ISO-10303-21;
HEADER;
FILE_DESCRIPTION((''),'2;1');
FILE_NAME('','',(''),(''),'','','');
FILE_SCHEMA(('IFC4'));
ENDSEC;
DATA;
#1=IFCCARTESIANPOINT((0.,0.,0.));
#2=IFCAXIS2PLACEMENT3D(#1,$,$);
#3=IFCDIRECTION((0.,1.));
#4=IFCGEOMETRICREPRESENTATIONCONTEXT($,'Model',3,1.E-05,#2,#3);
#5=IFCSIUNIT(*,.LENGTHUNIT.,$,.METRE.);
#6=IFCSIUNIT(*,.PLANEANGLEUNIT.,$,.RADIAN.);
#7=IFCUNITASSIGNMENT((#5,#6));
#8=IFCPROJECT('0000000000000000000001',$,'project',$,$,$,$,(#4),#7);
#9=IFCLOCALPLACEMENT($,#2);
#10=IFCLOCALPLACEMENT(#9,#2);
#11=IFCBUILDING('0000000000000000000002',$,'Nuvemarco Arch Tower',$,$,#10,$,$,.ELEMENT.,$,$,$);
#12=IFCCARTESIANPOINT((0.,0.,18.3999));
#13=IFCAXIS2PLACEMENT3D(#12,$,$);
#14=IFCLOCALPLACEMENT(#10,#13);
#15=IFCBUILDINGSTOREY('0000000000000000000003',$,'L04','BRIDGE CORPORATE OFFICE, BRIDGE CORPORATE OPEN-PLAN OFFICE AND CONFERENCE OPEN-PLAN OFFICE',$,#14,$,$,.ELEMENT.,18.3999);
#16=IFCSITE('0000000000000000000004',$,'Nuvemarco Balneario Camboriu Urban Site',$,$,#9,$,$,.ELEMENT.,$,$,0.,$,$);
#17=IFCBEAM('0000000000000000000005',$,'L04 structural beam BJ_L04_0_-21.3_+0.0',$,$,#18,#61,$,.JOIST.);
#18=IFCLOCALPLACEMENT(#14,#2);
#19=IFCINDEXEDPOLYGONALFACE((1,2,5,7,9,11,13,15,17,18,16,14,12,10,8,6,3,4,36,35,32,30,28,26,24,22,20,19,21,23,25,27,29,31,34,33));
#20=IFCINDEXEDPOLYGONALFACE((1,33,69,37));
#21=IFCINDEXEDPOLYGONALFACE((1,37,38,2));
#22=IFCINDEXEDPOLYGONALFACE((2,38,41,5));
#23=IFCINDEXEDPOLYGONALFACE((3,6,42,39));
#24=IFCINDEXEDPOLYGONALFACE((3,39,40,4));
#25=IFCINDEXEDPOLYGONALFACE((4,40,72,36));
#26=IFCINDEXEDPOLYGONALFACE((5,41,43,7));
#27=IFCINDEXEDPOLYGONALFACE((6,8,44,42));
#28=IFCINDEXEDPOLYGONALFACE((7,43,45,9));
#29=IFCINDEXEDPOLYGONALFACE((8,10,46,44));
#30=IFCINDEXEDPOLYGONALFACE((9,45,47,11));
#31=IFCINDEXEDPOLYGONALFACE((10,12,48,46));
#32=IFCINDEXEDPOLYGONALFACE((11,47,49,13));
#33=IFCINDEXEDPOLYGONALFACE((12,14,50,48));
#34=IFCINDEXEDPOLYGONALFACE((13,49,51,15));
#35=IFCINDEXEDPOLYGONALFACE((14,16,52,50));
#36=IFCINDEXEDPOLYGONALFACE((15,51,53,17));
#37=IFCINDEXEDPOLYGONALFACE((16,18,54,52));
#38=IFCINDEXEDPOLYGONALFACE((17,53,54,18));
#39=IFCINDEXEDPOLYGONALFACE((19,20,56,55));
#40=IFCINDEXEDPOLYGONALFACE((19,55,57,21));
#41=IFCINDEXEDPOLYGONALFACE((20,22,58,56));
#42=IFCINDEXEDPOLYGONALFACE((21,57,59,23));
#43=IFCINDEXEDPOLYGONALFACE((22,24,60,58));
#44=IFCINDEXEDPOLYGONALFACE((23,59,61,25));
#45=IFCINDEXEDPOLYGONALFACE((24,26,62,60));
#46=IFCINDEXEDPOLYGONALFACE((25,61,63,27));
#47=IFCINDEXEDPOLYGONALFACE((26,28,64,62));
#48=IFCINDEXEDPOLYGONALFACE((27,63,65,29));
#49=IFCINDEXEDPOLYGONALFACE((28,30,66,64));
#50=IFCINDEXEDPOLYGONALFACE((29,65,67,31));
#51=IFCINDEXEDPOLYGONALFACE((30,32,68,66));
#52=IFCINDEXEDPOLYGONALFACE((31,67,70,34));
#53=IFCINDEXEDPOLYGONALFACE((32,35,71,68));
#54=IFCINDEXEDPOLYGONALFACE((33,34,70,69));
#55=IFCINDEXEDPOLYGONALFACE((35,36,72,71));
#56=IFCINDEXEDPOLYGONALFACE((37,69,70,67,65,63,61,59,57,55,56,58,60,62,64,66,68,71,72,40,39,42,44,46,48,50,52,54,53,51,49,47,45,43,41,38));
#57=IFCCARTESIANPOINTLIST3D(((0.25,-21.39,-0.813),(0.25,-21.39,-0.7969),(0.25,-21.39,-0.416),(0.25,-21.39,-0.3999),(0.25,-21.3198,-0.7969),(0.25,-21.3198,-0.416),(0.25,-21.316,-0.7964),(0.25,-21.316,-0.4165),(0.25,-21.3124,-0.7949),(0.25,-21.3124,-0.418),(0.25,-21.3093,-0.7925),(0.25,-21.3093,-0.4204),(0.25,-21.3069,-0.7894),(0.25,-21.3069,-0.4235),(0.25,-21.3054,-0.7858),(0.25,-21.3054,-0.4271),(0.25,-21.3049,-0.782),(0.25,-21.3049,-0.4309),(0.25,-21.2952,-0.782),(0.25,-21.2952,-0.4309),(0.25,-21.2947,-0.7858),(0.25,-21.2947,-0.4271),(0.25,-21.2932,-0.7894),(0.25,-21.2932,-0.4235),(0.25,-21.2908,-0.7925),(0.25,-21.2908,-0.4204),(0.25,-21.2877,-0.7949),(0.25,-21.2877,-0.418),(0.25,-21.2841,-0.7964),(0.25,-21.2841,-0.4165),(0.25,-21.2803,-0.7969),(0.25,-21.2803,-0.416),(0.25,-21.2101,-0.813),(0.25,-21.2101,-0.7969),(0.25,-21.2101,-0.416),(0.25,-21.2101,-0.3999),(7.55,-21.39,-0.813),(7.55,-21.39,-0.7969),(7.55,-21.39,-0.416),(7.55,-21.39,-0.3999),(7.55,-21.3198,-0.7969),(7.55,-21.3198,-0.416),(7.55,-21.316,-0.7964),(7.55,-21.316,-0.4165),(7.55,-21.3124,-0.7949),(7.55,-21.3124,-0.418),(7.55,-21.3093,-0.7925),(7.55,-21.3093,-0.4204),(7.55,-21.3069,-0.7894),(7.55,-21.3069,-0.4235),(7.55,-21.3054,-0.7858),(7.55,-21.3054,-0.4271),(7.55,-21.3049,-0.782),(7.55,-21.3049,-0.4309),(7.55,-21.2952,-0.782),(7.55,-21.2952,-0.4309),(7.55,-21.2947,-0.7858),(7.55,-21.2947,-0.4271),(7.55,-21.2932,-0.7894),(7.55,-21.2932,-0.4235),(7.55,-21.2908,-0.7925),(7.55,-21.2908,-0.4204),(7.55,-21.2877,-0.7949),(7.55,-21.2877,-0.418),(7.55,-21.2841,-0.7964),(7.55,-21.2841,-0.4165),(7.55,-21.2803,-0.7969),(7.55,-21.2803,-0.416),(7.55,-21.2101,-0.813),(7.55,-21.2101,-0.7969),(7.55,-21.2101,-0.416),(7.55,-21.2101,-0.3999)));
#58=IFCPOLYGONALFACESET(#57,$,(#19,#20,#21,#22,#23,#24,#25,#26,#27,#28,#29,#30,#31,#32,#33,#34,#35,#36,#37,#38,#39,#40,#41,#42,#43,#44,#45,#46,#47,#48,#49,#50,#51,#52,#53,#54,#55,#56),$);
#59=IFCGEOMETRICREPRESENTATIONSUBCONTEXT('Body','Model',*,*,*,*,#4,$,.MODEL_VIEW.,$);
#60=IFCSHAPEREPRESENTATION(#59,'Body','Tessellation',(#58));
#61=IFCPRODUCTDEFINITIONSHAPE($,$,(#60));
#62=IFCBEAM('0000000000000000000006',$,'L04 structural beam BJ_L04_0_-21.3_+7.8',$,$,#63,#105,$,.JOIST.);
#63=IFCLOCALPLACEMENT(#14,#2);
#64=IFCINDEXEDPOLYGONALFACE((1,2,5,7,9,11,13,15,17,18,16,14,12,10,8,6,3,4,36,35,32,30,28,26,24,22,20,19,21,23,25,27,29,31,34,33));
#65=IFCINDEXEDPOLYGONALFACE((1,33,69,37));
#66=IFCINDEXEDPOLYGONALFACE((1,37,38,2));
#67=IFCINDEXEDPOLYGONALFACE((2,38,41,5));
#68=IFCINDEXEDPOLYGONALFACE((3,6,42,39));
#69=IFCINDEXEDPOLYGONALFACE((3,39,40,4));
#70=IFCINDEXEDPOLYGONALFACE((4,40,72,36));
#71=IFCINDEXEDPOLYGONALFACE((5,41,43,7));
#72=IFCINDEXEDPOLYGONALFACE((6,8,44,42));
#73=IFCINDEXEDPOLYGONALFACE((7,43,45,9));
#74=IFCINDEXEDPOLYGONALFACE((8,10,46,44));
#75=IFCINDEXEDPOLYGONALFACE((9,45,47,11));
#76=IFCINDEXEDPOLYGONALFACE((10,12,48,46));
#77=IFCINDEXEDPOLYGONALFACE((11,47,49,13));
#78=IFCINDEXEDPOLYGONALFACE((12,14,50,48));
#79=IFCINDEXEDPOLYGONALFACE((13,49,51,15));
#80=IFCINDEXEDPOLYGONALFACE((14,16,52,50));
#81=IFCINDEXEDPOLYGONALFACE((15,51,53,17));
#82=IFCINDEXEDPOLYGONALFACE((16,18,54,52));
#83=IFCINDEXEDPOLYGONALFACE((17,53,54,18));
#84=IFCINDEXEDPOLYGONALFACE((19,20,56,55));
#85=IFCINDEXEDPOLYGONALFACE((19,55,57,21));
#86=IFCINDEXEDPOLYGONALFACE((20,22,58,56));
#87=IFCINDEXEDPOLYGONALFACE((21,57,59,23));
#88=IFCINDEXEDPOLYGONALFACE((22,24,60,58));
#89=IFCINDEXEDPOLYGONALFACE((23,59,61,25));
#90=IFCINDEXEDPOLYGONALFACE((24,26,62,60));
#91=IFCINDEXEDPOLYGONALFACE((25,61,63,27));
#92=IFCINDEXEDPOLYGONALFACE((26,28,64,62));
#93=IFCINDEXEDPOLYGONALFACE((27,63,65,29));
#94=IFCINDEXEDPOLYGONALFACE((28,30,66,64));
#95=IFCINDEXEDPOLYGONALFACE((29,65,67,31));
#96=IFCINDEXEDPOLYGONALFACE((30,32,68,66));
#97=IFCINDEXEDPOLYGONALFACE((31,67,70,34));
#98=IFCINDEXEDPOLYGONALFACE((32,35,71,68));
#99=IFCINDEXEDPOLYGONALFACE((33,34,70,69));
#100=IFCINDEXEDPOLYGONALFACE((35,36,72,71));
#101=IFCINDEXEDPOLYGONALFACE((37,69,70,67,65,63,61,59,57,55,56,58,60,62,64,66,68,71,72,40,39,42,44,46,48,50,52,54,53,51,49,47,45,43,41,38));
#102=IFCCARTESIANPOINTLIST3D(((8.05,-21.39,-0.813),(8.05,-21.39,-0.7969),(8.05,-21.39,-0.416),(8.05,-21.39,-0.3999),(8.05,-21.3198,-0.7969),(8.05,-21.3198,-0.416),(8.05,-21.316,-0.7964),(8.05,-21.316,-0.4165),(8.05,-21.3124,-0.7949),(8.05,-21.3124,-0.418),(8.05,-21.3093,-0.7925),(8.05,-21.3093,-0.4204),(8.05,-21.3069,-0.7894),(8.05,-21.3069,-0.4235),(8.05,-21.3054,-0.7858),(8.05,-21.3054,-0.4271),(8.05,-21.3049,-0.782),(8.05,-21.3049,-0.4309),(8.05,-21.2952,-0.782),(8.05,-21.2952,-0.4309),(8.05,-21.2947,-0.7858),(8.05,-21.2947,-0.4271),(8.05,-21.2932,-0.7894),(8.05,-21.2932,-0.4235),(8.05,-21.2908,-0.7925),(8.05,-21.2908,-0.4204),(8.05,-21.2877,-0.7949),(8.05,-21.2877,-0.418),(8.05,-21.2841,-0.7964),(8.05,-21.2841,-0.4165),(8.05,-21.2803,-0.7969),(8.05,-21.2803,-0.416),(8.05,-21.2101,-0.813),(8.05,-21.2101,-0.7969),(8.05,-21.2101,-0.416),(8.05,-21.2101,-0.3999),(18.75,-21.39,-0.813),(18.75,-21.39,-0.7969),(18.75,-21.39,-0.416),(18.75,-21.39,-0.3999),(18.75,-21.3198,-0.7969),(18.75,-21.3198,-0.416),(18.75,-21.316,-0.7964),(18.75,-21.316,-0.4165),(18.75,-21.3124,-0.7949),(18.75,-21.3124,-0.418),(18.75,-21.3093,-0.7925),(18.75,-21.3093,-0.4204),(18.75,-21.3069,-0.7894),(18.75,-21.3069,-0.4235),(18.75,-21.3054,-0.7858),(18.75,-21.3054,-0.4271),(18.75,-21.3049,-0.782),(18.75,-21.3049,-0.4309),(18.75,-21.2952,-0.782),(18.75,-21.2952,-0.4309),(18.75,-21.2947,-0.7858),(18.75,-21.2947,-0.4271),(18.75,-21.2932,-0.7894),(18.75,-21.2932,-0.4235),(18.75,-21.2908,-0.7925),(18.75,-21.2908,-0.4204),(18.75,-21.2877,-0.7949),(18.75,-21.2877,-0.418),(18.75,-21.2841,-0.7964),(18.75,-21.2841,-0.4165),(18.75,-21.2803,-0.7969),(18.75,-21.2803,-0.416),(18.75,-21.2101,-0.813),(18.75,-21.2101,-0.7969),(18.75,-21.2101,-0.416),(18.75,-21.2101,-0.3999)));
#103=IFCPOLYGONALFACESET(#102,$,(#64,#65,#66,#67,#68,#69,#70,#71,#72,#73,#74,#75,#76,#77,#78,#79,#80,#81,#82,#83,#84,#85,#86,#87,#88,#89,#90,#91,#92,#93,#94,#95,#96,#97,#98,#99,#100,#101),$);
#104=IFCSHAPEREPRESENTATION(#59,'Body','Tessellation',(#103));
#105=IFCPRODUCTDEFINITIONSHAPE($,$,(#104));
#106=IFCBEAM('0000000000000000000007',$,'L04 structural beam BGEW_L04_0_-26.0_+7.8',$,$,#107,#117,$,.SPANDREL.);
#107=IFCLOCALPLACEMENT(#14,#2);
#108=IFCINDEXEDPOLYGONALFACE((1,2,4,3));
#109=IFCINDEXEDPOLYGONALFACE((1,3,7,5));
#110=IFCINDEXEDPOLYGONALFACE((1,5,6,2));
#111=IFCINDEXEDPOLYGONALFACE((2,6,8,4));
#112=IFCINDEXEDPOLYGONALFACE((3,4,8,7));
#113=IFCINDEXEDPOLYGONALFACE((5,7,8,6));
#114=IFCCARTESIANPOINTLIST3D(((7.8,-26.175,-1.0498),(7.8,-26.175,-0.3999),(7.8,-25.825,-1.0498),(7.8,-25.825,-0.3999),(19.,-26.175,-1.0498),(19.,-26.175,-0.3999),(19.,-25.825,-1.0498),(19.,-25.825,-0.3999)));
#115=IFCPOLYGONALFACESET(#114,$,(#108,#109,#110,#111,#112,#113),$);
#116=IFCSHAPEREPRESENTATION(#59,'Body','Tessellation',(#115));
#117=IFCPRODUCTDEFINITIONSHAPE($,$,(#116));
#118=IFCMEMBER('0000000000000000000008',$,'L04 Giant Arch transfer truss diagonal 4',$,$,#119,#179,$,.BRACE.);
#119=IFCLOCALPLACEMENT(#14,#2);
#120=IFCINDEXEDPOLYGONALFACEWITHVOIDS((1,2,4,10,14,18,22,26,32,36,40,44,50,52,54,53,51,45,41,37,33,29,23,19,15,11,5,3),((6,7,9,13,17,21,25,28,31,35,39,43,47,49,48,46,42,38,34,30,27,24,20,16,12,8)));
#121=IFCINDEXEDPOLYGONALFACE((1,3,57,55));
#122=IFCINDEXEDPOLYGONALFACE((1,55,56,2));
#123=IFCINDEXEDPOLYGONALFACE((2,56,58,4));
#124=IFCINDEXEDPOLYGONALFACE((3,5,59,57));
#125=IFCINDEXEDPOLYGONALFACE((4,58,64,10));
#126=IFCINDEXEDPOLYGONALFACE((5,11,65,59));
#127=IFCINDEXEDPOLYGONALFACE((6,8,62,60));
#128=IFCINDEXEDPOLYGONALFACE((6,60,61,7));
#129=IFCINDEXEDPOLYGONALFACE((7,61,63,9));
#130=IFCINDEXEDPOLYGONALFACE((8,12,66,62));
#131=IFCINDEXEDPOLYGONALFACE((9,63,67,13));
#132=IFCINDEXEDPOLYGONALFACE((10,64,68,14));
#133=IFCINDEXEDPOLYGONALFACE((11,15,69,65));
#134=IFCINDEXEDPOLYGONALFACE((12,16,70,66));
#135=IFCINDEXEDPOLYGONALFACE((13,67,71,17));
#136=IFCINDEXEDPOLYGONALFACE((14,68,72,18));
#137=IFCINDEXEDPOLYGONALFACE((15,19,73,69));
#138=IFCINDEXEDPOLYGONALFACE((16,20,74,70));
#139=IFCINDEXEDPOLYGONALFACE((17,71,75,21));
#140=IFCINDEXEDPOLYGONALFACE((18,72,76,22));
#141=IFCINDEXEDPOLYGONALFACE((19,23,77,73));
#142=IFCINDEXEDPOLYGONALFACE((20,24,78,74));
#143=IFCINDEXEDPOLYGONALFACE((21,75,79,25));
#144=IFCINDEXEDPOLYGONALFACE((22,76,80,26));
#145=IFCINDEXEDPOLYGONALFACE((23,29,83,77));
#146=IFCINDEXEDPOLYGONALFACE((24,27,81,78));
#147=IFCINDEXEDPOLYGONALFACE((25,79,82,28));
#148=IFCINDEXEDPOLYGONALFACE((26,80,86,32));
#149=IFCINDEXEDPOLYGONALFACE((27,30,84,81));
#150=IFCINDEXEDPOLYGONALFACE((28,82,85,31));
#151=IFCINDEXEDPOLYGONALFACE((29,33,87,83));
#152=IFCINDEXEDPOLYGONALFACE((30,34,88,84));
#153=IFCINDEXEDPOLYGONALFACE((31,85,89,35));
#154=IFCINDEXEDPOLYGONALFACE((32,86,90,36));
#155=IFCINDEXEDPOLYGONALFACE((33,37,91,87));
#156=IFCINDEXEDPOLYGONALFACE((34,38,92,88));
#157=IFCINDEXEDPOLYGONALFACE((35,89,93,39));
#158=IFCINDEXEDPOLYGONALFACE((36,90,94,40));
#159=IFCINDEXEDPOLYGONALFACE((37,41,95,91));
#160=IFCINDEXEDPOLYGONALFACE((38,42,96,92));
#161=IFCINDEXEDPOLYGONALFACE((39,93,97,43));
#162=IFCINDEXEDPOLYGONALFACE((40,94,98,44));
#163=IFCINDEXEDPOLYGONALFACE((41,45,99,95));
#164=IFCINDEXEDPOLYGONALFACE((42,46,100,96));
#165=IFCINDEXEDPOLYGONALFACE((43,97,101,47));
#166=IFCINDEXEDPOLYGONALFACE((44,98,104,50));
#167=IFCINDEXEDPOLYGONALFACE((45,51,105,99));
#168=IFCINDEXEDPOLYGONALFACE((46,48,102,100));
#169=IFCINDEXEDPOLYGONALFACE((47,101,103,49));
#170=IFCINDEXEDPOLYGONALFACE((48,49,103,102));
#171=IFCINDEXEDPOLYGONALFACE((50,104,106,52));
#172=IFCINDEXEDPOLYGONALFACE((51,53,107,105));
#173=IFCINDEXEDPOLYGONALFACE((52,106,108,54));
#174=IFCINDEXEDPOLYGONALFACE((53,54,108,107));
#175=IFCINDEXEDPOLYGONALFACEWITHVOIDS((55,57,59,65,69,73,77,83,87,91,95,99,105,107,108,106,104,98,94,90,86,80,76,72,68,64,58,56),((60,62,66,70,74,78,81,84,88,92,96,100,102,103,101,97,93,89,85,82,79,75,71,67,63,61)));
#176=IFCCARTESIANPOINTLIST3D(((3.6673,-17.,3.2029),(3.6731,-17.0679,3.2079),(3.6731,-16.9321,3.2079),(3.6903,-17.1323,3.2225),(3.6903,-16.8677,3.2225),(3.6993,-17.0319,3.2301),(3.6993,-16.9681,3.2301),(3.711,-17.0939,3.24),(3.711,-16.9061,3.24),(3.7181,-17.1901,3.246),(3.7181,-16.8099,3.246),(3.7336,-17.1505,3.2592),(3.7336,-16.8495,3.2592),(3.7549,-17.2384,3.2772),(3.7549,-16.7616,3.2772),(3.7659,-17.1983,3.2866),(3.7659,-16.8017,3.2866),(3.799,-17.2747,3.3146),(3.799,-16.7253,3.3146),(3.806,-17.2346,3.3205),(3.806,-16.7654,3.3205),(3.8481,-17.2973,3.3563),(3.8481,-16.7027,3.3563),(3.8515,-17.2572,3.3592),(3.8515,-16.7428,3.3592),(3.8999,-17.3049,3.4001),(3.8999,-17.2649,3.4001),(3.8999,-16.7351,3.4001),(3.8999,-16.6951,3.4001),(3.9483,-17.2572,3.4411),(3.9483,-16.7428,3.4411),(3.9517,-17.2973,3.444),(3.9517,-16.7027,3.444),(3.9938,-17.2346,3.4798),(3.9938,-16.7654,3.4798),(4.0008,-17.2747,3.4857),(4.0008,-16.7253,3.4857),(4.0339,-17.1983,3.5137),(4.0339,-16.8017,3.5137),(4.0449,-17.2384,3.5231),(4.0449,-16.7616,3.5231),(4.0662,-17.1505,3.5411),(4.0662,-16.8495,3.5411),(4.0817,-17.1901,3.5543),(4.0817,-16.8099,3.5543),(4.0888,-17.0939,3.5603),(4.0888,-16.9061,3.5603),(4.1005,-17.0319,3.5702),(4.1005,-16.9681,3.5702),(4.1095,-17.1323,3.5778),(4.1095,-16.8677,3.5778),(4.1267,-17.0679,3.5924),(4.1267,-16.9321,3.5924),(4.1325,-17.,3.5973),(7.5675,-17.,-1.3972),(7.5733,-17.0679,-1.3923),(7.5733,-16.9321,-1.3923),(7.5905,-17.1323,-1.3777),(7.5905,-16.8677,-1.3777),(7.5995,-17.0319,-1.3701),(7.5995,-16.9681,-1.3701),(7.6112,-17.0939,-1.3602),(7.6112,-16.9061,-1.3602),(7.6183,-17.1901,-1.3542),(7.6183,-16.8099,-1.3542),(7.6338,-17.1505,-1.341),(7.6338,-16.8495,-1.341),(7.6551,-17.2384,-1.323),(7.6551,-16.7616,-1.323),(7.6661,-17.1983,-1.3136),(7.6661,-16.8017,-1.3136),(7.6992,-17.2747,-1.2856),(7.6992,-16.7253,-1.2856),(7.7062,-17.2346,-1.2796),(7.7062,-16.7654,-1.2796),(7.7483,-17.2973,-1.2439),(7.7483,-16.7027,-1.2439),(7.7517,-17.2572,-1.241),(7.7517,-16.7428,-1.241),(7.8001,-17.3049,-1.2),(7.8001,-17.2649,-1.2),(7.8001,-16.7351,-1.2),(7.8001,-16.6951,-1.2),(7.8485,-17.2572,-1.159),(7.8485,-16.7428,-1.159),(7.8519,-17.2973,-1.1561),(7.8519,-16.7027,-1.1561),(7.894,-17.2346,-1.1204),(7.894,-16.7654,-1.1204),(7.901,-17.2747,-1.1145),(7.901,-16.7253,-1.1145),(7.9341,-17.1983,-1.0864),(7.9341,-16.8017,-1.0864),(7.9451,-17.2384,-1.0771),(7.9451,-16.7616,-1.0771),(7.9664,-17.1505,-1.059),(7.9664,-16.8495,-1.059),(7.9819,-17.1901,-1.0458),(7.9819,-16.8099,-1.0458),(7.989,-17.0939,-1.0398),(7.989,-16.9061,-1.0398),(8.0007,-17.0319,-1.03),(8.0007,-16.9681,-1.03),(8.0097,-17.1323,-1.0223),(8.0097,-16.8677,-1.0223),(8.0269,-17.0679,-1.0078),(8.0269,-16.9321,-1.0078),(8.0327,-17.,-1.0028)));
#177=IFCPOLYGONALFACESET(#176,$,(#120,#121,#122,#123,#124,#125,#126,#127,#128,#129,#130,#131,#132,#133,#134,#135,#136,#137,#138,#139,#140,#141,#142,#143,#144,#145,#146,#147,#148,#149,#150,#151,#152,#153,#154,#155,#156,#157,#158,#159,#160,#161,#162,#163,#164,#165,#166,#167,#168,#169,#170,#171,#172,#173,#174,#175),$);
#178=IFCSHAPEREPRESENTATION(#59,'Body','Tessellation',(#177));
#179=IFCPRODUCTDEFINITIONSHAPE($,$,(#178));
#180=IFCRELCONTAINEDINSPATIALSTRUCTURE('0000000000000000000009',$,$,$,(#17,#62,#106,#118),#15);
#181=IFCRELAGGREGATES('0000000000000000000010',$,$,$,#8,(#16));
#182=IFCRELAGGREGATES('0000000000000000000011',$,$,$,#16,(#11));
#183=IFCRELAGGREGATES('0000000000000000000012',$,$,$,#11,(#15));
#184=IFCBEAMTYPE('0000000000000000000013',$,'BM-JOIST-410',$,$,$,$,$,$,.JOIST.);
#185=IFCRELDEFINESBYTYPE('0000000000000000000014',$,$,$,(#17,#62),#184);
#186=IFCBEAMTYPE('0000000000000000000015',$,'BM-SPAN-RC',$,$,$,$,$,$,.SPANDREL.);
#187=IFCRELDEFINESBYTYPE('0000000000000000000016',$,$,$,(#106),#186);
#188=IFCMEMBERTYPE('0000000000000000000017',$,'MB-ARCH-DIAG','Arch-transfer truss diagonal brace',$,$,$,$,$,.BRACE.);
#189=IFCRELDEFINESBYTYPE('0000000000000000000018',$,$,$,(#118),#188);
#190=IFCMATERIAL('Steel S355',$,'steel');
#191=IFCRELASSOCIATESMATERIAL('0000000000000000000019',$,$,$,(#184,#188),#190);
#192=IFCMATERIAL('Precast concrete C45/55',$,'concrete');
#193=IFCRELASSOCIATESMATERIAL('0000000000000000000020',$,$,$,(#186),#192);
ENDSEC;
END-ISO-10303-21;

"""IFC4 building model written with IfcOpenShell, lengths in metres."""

from ifc_helpers import new_model, si_unit, direction, frame, origin, origin_2d, place, context, subcontext, project, spatial, rectangle, hollow_circle, i_section, extrude, material, material_profile, profile_set, type_object, element, save


model = new_model("IFC4")

# Units and contexts
model_context = context("Model", 3, precision=1e-05, world=origin(), true_north=direction((0.0, 1.0)))
body_context = subcontext(model_context, "Body", "Model", "MODEL_VIEW")
ifc_project = project(units=[si_unit("LENGTHUNIT", "METRE"), si_unit("PLANEANGLEUNIT", "RADIAN")], contexts=[model_context])

# Site, building, storey
site_placement = place(None, origin())
site = spatial("IfcSite", under=ifc_project, at=site_placement, Name="Nuvemarco Balneario Camboriu Urban Site", CompositionType="ELEMENT", RefElevation=0.0)
building_placement = place(site_placement, origin())
building = spatial("IfcBuilding", under=site, at=building_placement, Name="Nuvemarco Arch Tower", CompositionType="ELEMENT")
storey_placement = place(building_placement, frame((0.0, 0.0, 18.3999)))
storey = spatial("IfcBuildingStorey", under=building, at=storey_placement, Name="L04", Description="BRIDGE CORPORATE OFFICE, BRIDGE CORPORATE OPEN-PLAN OFFICE AND CONFERENCE OPEN-PLAN OFFICE", CompositionType="ELEMENT", Elevation=18.3999)

# Shared definitions
ifc_material_1 = material(Name="Steel S355", Category="steel")

# Beams
ifc_material_profile_1 = material_profile(ifc_material_1, i_section(OverallWidth=0.1799, OverallDepth=0.4131, WebThickness=0.0098, FlangeThickness=0.0161, FilletRadius=0.0149, at=origin_2d()), Name="W410x75")
ifc_profile_set_1 = profile_set([ifc_material_profile_1], Name="Steel S355")
beam_type_1 = type_object("IfcBeamType", Name="BM-JOIST-410", PredefinedType="JOIST", material=ifc_profile_set_1)
beam_1_placement = place(storey_placement, frame((0.25, -21.3, -0.6064), z_axis=(1.0, 0.0, 0.0), x_axis=(0.0, 1.0, 0.0)))
element("IfcBeam", 1, at=beam_1_placement, inside=storey, type_object=beam_type_1, Name="L04 structural beam BJ_L04_0_-21.3_+0.0", PredefinedType="JOIST", context=body_context, shape_type="SweptSolid", body=[
    extrude(i_section(OverallWidth=0.1799, OverallDepth=0.4131, WebThickness=0.0098, FlangeThickness=0.0161, FilletRadius=0.0149, at=origin_2d()), origin(), (0.0, 0.0, 1.0), 7.3),
])
beam_2_placement = place(storey_placement, frame((8.05, -21.3, -0.6064), z_axis=(1.0, 0.0, 0.0), x_axis=(0.0, 1.0, 0.0)))
element("IfcBeam", 2, at=beam_2_placement, inside=storey, type_object=beam_type_1, Name="L04 structural beam BJ_L04_0_-21.3_+7.8", PredefinedType="JOIST", context=body_context, shape_type="SweptSolid", body=[
    extrude(i_section(OverallWidth=0.1799, OverallDepth=0.4131, WebThickness=0.0098, FlangeThickness=0.0161, FilletRadius=0.0149, at=origin_2d()), origin(), (0.0, 0.0, 1.0), 10.7),
])
ifc_material_2 = material(Name="Precast concrete C45/55", Category="concrete")
ifc_material_profile_2 = material_profile(ifc_material_2, rectangle(XDim=0.3501, YDim=0.6499, at=origin_2d()), Name="PC-SP-350x650")
ifc_profile_set_2 = profile_set([ifc_material_profile_2], Name="Precast concrete C45/55")
beam_type_2 = type_object("IfcBeamType", Name="BM-SPAN-RC", PredefinedType="SPANDREL", material=ifc_profile_set_2)
beam_3_placement = place(storey_placement, frame((7.8, -26.0, -0.7249), z_axis=(1.0, 0.0, 0.0), x_axis=(0.0, 1.0, 0.0)))
element("IfcBeam", 3, at=beam_3_placement, inside=storey, type_object=beam_type_2, Name="L04 structural beam BGEW_L04_0_-26.0_+7.8", PredefinedType="SPANDREL", context=body_context, shape_type="SweptSolid", body=[
    extrude(rectangle(XDim=0.3501, YDim=0.6499, at=origin_2d()), origin(), (0.0, 0.0, 1.0), 11.2),
])

# Member
ifc_material_profile_3 = material_profile(ifc_material_1, hollow_circle(Radius=0.3049, WallThickness=0.04, at=origin_2d()), Name="CHS610x40")
ifc_profile_set_3 = profile_set([ifc_material_profile_3], Name="Steel S355")
member_type = type_object("IfcMemberType", Name="MB-ARCH-DIAG", Description="Arch-transfer truss diagonal brace", PredefinedType="BRACE", material=ifc_profile_set_3)
member_placement = place(storey_placement, frame((3.8999, -17.0, 3.4001), z_axis=(0.646691, 0.0, -0.762752), x_axis=(0.0, 1.0, 0.0)))
element("IfcMember", 4, at=member_placement, inside=storey, type_object=member_type, Name="L04 Giant Arch transfer truss diagonal 4", PredefinedType="BRACE", context=body_context, shape_type="SweptSolid", body=[
    extrude(hollow_circle(Radius=0.3049, WallThickness=0.04, at=origin_2d()), origin(), (0.0, 0.0, 1.0), 6.031),
])

save(model, "model.ifc")
